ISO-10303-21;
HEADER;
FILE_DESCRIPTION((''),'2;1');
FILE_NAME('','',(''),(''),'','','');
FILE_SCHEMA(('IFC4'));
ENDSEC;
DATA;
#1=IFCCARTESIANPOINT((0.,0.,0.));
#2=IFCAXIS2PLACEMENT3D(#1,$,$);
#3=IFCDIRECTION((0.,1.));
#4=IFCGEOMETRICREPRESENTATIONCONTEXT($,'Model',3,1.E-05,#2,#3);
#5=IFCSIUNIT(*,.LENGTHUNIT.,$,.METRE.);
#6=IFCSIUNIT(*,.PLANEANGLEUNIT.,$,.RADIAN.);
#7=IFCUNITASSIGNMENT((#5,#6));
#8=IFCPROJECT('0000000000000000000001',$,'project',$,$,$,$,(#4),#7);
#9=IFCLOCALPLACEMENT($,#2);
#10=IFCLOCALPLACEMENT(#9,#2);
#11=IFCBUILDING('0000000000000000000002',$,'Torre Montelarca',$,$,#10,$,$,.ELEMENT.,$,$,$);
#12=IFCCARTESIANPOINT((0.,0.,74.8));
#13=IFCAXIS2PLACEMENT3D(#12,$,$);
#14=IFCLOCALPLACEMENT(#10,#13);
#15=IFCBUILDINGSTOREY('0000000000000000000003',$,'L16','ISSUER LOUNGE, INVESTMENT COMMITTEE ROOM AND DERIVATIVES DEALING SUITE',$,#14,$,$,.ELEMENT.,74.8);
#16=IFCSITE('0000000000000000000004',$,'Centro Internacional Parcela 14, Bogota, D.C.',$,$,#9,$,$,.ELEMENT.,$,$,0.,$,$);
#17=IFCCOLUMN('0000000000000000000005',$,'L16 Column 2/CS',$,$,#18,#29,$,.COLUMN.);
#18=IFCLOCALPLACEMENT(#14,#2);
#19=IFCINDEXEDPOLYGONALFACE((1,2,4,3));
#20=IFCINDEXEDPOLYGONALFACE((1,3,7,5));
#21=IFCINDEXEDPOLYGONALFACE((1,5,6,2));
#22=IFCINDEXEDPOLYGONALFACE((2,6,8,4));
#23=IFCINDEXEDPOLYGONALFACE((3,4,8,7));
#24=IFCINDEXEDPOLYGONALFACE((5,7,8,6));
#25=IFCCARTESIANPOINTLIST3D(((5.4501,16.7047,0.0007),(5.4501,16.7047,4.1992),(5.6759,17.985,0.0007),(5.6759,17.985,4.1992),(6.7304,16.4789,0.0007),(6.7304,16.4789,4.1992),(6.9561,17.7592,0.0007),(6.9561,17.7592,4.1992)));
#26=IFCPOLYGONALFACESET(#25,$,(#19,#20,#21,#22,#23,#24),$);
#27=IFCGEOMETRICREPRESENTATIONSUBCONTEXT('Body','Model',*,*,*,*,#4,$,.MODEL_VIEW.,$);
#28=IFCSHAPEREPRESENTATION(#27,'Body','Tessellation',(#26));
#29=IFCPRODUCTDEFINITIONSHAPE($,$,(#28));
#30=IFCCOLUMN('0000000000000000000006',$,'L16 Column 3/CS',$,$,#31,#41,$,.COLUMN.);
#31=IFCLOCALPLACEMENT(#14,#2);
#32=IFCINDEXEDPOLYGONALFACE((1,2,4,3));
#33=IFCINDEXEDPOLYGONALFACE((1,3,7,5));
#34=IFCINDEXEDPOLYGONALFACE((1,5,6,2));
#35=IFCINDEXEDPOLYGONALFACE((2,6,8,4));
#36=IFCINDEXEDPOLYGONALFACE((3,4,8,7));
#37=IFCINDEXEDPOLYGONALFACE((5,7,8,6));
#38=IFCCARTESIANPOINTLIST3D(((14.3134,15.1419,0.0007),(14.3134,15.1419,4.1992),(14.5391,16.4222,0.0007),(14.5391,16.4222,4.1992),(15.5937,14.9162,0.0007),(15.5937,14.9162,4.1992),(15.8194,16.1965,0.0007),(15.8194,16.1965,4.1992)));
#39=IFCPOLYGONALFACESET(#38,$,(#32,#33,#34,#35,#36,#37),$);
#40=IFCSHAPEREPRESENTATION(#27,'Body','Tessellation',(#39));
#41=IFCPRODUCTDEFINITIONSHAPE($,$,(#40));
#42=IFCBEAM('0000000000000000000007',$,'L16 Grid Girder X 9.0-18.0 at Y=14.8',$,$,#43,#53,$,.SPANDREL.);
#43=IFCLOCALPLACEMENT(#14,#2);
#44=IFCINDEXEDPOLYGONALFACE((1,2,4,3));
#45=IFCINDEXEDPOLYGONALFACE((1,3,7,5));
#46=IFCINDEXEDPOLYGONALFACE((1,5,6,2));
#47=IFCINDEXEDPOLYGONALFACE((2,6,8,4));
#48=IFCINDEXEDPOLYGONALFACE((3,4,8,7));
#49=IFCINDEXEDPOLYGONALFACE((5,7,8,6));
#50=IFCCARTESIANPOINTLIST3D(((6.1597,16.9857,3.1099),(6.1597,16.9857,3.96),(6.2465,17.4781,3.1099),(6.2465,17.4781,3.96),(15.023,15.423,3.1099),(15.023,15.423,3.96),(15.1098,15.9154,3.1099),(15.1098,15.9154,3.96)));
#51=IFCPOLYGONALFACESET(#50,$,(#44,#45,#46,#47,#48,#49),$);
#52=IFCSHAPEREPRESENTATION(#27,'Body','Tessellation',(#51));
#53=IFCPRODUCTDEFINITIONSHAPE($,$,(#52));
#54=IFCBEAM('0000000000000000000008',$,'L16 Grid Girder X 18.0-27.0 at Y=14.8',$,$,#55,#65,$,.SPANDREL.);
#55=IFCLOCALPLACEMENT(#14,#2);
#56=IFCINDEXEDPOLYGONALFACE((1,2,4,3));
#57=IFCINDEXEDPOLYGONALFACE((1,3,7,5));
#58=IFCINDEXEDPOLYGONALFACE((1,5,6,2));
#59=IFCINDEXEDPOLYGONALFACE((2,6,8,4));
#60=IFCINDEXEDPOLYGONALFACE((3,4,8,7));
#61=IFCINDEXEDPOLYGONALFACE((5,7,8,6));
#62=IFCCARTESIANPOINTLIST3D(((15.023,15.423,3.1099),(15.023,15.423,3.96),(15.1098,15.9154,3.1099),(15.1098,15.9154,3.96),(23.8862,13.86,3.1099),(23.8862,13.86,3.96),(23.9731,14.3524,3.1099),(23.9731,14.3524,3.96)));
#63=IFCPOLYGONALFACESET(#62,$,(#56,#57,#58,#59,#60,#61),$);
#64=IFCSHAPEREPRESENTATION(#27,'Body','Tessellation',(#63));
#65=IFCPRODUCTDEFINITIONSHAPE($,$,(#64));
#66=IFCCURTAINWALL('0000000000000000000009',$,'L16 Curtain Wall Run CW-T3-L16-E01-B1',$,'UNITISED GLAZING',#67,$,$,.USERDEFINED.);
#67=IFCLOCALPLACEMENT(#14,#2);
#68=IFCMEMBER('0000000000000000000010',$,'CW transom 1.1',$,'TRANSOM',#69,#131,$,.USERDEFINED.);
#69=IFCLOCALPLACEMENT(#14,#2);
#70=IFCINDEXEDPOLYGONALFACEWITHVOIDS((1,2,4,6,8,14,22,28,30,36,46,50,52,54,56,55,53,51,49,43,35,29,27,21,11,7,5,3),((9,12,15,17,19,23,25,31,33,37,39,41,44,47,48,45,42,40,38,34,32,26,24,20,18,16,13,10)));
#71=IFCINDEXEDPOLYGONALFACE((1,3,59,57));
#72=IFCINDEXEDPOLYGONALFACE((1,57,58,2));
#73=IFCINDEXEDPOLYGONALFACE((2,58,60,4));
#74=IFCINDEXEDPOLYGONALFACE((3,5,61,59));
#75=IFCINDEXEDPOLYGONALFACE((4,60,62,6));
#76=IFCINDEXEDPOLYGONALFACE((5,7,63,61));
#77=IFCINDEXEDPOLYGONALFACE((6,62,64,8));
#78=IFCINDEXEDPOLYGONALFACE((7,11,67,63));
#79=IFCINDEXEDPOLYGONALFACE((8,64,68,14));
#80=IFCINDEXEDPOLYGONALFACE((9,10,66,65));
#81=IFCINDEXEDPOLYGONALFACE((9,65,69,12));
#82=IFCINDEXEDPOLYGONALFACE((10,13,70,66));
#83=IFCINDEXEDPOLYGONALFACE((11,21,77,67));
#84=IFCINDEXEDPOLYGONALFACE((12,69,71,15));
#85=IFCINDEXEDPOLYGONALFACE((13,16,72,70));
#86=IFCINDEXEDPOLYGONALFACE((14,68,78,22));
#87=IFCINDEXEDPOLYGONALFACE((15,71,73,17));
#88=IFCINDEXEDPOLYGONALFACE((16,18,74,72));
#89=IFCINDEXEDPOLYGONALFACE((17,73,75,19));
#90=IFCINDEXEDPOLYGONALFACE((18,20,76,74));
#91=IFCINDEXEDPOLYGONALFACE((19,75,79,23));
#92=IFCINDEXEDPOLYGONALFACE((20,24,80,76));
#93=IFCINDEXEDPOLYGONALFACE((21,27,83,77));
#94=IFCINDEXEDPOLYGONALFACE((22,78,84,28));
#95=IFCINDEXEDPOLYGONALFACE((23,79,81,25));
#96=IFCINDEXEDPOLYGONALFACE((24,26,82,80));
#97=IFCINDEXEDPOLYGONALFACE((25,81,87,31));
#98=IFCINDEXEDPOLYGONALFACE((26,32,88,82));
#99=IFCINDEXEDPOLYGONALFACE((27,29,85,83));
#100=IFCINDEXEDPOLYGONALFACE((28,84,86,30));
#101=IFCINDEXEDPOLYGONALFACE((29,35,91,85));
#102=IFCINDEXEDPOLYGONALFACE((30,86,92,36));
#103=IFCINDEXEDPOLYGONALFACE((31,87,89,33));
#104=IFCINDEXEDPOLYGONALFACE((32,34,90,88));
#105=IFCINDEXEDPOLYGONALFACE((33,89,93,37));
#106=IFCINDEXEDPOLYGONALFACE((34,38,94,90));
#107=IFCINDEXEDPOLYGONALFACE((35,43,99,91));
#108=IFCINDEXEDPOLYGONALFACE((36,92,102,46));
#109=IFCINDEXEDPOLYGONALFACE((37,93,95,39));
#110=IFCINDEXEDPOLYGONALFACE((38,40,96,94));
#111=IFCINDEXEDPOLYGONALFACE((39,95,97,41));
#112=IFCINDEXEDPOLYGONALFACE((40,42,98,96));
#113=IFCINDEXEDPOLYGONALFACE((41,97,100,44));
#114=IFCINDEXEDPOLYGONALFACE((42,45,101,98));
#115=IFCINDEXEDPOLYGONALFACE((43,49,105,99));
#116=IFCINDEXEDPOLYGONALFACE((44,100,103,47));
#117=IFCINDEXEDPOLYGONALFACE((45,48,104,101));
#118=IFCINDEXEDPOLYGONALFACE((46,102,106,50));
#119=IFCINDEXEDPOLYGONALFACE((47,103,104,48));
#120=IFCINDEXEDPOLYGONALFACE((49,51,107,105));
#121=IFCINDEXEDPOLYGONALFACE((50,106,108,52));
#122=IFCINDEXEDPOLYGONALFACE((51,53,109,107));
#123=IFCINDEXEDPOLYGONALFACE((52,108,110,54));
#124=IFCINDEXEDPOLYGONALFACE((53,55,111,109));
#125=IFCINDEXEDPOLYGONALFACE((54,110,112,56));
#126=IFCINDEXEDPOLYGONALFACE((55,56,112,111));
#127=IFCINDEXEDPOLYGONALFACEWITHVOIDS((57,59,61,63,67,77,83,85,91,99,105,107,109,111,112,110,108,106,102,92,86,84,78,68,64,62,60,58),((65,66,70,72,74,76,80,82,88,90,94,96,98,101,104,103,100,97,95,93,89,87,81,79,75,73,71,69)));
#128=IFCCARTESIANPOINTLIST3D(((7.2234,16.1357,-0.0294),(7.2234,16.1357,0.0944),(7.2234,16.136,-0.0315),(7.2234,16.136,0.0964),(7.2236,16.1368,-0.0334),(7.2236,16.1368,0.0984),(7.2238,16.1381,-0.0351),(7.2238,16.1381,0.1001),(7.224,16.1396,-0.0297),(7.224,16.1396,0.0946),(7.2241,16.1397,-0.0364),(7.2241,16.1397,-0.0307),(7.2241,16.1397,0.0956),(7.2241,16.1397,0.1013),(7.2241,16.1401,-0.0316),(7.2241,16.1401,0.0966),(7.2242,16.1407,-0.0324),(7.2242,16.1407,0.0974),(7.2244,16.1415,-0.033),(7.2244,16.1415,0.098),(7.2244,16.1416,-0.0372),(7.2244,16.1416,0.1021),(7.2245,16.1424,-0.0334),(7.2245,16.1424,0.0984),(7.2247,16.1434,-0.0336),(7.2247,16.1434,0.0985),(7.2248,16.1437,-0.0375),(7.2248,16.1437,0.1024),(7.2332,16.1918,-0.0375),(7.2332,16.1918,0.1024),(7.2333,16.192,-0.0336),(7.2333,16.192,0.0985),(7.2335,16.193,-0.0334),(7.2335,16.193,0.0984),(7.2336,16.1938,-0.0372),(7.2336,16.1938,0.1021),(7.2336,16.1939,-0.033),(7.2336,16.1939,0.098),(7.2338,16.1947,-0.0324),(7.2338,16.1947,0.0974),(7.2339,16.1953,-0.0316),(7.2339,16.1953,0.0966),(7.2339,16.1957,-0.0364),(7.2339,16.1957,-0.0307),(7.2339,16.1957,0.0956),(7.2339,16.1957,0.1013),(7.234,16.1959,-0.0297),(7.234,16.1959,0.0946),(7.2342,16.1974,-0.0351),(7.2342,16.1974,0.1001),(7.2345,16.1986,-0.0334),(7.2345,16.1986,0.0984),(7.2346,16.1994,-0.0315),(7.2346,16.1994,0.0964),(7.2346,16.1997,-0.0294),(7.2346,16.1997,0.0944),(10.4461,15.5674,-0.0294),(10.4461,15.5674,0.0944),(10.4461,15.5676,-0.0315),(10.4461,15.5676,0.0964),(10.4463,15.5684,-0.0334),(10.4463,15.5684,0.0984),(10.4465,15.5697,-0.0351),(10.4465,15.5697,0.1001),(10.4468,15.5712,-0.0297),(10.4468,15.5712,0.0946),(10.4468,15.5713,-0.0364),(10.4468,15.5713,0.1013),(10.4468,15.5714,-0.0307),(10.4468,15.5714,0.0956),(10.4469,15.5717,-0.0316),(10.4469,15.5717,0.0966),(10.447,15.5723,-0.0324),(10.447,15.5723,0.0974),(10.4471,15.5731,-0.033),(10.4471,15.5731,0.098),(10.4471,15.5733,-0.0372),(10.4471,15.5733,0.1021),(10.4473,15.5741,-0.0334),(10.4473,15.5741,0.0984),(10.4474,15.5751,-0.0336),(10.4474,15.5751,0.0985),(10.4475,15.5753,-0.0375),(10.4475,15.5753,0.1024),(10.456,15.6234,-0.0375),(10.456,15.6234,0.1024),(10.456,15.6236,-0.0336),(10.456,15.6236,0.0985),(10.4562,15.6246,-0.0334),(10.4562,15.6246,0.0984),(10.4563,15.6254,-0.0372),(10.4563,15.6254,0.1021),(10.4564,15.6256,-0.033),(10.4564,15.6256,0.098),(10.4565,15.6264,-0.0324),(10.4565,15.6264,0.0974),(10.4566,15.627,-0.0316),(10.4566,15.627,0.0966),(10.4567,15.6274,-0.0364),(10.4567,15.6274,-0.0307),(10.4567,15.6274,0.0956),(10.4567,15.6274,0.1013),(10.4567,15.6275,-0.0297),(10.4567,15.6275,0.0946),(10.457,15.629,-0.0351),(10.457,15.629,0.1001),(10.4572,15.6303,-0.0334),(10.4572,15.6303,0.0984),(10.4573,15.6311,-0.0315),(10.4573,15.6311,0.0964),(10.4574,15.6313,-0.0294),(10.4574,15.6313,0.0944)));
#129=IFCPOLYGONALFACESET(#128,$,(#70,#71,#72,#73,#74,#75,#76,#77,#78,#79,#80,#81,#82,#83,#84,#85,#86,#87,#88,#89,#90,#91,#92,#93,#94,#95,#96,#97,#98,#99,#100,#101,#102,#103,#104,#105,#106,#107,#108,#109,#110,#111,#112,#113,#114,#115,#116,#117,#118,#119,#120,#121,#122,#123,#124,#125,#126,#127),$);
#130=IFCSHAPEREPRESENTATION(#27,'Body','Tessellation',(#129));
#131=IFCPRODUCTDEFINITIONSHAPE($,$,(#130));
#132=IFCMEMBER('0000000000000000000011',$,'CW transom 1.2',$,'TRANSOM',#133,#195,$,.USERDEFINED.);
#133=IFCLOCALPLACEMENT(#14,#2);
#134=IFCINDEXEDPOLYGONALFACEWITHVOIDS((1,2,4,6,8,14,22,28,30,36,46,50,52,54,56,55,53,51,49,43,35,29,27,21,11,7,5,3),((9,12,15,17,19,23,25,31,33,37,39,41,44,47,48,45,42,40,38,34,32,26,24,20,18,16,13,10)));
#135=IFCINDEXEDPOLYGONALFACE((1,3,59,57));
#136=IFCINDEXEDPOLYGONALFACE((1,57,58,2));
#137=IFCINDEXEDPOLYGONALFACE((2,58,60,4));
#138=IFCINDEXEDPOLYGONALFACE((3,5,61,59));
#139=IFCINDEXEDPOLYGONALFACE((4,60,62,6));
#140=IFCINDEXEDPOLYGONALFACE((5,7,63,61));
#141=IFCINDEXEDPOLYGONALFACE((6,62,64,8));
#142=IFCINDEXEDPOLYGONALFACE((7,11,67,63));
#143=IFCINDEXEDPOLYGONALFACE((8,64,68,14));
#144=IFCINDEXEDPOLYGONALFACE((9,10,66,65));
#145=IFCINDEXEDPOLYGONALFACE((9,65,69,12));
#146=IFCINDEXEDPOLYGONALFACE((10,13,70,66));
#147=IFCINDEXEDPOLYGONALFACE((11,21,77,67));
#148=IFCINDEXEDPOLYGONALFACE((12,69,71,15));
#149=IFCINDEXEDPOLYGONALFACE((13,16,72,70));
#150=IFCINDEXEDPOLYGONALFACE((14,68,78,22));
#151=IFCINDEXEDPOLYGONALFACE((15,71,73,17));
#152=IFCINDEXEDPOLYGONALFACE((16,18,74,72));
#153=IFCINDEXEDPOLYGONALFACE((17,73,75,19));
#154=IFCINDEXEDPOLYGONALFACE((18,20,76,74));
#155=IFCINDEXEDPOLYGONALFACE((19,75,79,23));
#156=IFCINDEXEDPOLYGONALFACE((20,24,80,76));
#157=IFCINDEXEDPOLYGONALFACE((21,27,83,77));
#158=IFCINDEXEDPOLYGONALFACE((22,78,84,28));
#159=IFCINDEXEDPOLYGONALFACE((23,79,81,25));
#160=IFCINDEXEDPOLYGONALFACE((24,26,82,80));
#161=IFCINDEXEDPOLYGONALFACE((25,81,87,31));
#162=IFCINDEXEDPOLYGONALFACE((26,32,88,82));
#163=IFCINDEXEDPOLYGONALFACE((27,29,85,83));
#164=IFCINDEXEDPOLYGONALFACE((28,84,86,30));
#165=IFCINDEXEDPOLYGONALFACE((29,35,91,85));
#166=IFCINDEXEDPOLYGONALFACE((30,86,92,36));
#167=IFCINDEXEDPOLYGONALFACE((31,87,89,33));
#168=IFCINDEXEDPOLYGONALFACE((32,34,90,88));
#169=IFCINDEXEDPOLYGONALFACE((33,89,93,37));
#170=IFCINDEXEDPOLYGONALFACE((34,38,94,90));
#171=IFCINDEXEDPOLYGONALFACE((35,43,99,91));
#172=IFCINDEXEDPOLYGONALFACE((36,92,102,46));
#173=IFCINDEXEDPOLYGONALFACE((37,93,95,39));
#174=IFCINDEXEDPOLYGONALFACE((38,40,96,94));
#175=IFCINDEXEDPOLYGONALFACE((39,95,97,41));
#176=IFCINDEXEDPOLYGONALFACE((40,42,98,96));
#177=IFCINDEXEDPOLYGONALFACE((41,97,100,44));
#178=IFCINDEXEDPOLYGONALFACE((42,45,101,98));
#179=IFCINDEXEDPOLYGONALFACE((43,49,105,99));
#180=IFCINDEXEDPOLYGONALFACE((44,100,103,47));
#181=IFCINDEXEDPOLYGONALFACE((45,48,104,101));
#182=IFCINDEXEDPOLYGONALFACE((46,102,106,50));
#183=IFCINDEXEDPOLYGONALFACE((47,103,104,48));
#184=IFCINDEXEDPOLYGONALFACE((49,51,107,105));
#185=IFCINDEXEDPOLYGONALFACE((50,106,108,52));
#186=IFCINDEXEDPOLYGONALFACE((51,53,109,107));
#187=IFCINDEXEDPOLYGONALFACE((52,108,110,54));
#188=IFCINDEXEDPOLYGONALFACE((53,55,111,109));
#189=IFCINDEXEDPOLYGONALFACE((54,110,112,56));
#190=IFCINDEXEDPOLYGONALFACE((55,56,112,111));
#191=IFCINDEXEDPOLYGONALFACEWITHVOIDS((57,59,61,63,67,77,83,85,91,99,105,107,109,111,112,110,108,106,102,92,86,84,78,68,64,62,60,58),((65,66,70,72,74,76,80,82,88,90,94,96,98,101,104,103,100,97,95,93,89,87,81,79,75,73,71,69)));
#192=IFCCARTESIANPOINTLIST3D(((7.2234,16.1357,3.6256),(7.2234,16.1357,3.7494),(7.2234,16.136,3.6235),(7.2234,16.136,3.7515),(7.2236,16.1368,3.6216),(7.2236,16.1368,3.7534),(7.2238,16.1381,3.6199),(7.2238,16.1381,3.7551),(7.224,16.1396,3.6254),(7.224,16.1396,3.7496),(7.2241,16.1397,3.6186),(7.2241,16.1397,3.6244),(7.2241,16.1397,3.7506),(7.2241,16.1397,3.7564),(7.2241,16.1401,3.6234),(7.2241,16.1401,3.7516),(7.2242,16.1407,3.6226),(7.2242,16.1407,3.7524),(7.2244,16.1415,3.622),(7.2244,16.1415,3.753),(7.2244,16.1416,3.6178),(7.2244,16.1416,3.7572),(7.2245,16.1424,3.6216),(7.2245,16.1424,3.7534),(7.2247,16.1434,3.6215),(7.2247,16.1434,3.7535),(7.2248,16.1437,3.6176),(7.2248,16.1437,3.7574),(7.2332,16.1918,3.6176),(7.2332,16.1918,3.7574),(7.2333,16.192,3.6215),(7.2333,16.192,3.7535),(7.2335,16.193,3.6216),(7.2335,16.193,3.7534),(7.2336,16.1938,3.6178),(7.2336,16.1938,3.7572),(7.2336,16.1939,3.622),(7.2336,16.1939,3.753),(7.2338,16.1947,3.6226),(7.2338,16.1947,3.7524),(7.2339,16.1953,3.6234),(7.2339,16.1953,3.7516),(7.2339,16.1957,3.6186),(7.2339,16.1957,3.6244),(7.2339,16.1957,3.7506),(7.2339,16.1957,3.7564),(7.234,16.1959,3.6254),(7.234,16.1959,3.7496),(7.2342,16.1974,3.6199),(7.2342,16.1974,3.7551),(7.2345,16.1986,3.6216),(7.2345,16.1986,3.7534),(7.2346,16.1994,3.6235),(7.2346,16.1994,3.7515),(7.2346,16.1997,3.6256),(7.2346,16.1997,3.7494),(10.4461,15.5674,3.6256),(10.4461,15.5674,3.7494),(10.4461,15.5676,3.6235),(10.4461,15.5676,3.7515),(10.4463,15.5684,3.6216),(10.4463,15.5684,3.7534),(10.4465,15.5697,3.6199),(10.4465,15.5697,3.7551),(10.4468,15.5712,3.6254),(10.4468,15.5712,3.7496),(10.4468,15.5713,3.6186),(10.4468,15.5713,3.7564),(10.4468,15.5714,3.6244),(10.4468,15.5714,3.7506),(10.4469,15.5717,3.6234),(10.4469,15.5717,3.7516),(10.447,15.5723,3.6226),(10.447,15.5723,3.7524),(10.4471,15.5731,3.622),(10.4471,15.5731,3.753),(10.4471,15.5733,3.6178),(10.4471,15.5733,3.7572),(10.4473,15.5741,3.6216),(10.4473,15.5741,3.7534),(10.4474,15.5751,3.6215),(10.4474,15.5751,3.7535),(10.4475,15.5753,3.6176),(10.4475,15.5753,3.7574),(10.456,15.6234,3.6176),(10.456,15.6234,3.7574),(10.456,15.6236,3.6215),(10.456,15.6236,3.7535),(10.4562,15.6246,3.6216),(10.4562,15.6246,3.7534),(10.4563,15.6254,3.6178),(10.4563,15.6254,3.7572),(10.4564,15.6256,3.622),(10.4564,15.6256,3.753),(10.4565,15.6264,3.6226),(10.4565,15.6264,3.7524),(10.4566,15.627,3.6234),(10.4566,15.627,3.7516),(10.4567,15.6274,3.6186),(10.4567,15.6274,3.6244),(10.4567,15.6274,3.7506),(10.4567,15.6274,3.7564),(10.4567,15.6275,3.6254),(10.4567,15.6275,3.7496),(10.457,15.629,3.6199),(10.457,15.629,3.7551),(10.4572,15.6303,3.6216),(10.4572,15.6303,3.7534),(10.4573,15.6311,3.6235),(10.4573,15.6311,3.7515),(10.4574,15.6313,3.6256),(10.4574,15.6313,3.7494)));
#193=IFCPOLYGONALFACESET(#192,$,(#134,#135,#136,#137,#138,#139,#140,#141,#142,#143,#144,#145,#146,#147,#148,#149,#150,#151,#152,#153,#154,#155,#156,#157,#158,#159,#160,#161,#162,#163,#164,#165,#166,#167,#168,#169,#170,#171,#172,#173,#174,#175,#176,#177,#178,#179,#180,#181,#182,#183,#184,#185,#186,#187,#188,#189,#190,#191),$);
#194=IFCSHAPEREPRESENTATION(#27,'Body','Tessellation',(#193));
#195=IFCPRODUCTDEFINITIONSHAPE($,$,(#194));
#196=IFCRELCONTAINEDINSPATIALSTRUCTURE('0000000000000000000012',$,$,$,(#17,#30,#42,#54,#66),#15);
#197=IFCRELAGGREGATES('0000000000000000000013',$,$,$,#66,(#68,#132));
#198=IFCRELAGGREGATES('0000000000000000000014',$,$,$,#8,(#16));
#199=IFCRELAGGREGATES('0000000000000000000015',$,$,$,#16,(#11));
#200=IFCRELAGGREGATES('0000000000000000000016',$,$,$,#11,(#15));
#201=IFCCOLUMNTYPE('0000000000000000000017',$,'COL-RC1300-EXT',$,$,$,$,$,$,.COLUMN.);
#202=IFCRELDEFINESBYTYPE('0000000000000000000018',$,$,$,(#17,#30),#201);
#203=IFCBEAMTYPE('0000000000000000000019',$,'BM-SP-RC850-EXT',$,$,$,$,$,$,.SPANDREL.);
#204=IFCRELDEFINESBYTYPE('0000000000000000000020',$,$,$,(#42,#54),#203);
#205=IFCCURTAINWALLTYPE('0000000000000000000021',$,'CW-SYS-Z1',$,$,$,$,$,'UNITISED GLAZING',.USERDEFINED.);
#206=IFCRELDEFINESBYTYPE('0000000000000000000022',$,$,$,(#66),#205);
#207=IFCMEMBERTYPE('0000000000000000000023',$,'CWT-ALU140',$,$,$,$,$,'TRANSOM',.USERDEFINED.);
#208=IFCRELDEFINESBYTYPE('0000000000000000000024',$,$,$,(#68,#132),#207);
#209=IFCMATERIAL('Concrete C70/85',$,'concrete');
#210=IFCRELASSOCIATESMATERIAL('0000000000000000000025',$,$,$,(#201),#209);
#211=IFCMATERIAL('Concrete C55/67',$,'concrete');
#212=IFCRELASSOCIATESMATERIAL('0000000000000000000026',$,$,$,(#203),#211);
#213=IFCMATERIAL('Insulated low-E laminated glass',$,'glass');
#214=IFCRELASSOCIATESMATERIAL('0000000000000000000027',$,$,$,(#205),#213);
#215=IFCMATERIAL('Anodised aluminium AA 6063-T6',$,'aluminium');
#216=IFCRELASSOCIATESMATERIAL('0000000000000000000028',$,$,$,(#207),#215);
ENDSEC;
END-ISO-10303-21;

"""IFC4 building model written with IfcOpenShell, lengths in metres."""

from ifc_helpers import new_model, si_unit, direction, frame, origin, origin_2d, place, context, subcontext, project, spatial, rectangle, hollow_rectangle, extrude, source, transform, mapped, material, material_profile, profile_set, type_object, element, aggregate, save


model = new_model("IFC4")

# Units and contexts
model_context = context("Model", 3, precision=1e-05, world=origin(), true_north=direction((0.0, 1.0)))
body_context = subcontext(model_context, "Body", "Model", "MODEL_VIEW")
ifc_project = project(units=[si_unit("LENGTHUNIT", "METRE"), si_unit("PLANEANGLEUNIT", "RADIAN")], contexts=[model_context])

# Site, building, storey
site_placement = place(None, origin())
site = spatial("IfcSite", under=ifc_project, at=site_placement, Name="Centro Internacional Parcela 14, Bogota, D.C.", CompositionType="ELEMENT", RefElevation=0.0)
building_placement = place(site_placement, origin())
building = spatial("IfcBuilding", under=site, at=building_placement, Name="Torre Montelarca", CompositionType="ELEMENT")
storey_placement = place(building_placement, frame((0.0, 0.0, 74.8)))
storey = spatial("IfcBuildingStorey", under=building, at=storey_placement, Name="L16", Description="ISSUER LOUNGE, INVESTMENT COMMITTEE ROOM AND DERIVATIVES DEALING SUITE", CompositionType="ELEMENT", Elevation=74.8)

# Columns
ifc_material_1 = material(Name="Concrete C70/85", Category="concrete")
ifc_material_profile_1 = material_profile(ifc_material_1, rectangle(XDim=1.3, YDim=1.3, at=origin_2d()), Name="RC1300X1300", Category="concrete")
ifc_profile_set_1 = profile_set([ifc_material_profile_1], Name="Concrete C70/85")
column_type = type_object("IfcColumnType", Name="COL-RC1300-EXT", PredefinedType="COLUMN", material=ifc_profile_set_1)
shared_shape_1 = source(origin(), body_context, "Body", "SweptSolid", [
    extrude(rectangle(XDim=1.3, YDim=1.3, at=origin_2d()), origin(), (0.0, 0.0, 1.0), 4.1985),
])
for number, where, z_axis, x_axis, name in (
    (1, (6.2031, 17.2319, 0.0007), (0.0, 0.0, 1.0), (-0.984808, 0.173648, 0.0), "L16 Column 2/CS"),
    (2, (15.0664, 15.6692, 0.0007), (0.0, 0.0, 1.0), (-0.984808, 0.173648, 0.0), "L16 Column 3/CS"),
):
    element("IfcColumn", number, at=place(storey_placement, frame(where, z_axis=z_axis, x_axis=x_axis)), inside=storey, type_object=column_type, Name=name, PredefinedType="COLUMN", context=body_context, shape_type="MappedRepresentation", body=[
        mapped(shared_shape_1, transform((0.0, 0.0, 0.0), scale=1.0)),
    ])

# Beams
ifc_material_2 = material(Name="Concrete C55/67", Category="concrete")
ifc_material_profile_2 = material_profile(ifc_material_2, rectangle(XDim=0.5, YDim=0.8501, at=origin_2d()), Name="RCB500X850", Category="concrete")
ifc_profile_set_2 = profile_set([ifc_material_profile_2], Name="Concrete C55/67")
beam_type = type_object("IfcBeamType", Name="BM-SP-RC850-EXT", PredefinedType="SPANDREL", material=ifc_profile_set_2)
shared_shape_2 = source(origin(), body_context, "Body", "SweptSolid", [
    extrude(rectangle(XDim=0.5, YDim=0.8501, at=origin_2d()), origin(), (0.0, 0.0, 1.0), 9.0),
])
for number, where, z_axis, x_axis, name in (
    (3, (6.2031, 17.2319, 3.5349), (0.984809, -0.173638, 0.0), (0.173638, 0.984809, 0.0), "L16 Grid Girder X 9.0-18.0 at Y=14.8"),
    (4, (15.0664, 15.6692, 3.5349), (0.984805, -0.173665, 0.0), (0.173665, 0.984805, 0.0), "L16 Grid Girder X 18.0-27.0 at Y=14.8"),
):
    element("IfcBeam", number, at=place(storey_placement, frame(where, z_axis=z_axis, x_axis=x_axis)), inside=storey, type_object=beam_type, Name=name, PredefinedType="SPANDREL", context=body_context, shape_type="MappedRepresentation", body=[
        mapped(shared_shape_2, transform((0.0, 0.0, 0.0), scale=1.0)),
    ])

# Curtain wall, members
ifc_material_3 = material(Name="Insulated low-E laminated glass", Category="glass")
curtain_wall_type = type_object("IfcCurtainWallType", Name="CW-SYS-Z1", ElementType="UNITISED GLAZING", PredefinedType="USERDEFINED", material=ifc_material_3)
curtain_wall_1_placement = place(storey_placement, origin())
curtain_wall_1 = element("IfcCurtainWall", 5, at=curtain_wall_1_placement, inside=storey, type_object=curtain_wall_type, Name="L16 Curtain Wall Run CW-T3-L16-E01-B1", ObjectType="UNITISED GLAZING", PredefinedType="USERDEFINED")
ifc_material_4 = material(Name="Anodised aluminium AA 6063-T6", Category="aluminium")
ifc_material_profile_3 = material_profile(ifc_material_4, hollow_rectangle(XDim=0.0649, YDim=0.1399, WallThickness=0.0039, InnerFilletRadius=0.0039, OuterFilletRadius=0.0081, at=origin_2d()), Name="ALU65X140X4", Category="aluminium")
ifc_profile_set_3 = profile_set([ifc_material_profile_3], Name="Anodised aluminium AA 6063-T6")
member_type_1 = type_object("IfcMemberType", Name="CWT-ALU140", ElementType="TRANSOM", PredefinedType="USERDEFINED", material=ifc_profile_set_3)
shared_shape_3 = source(origin(), body_context, "Body", "SweptSolid", [
    extrude(hollow_rectangle(XDim=0.0649, YDim=0.1399, WallThickness=0.0039, InnerFilletRadius=0.0039, OuterFilletRadius=0.0081, at=origin_2d()), origin(), (0.0, 0.0, 1.0), 3.2725),
])
member_1_placement = place(storey_placement, frame((7.229, 16.1677, 0.0325), z_axis=(0.984802, -0.173683, 0.0), x_axis=(0.173683, 0.984802, 0.0)))
member_1 = element("IfcMember", 6, at=member_1_placement, type_object=member_type_1, Name="CW transom 1.1", ObjectType="TRANSOM", PredefinedType="USERDEFINED", context=body_context, shape_type="MappedRepresentation", body=[
    mapped(shared_shape_3, transform((0.0, 0.0, 0.0), scale=1.0)),
])
member_2_placement = place(storey_placement, frame((7.229, 16.1677, 3.6875), z_axis=(0.984802, -0.173683, 0.0), x_axis=(0.173683, 0.984802, 0.0)))
member_2 = element("IfcMember", 7, at=member_2_placement, type_object=member_type_1, Name="CW transom 1.2", ObjectType="TRANSOM", PredefinedType="USERDEFINED", context=body_context, shape_type="MappedRepresentation", body=[
    mapped(shared_shape_3, transform((0.0, 0.0, 0.0), scale=1.0)),
])

aggregate(curtain_wall_1, [member_1, member_2])

save(model, "model.ifc")
